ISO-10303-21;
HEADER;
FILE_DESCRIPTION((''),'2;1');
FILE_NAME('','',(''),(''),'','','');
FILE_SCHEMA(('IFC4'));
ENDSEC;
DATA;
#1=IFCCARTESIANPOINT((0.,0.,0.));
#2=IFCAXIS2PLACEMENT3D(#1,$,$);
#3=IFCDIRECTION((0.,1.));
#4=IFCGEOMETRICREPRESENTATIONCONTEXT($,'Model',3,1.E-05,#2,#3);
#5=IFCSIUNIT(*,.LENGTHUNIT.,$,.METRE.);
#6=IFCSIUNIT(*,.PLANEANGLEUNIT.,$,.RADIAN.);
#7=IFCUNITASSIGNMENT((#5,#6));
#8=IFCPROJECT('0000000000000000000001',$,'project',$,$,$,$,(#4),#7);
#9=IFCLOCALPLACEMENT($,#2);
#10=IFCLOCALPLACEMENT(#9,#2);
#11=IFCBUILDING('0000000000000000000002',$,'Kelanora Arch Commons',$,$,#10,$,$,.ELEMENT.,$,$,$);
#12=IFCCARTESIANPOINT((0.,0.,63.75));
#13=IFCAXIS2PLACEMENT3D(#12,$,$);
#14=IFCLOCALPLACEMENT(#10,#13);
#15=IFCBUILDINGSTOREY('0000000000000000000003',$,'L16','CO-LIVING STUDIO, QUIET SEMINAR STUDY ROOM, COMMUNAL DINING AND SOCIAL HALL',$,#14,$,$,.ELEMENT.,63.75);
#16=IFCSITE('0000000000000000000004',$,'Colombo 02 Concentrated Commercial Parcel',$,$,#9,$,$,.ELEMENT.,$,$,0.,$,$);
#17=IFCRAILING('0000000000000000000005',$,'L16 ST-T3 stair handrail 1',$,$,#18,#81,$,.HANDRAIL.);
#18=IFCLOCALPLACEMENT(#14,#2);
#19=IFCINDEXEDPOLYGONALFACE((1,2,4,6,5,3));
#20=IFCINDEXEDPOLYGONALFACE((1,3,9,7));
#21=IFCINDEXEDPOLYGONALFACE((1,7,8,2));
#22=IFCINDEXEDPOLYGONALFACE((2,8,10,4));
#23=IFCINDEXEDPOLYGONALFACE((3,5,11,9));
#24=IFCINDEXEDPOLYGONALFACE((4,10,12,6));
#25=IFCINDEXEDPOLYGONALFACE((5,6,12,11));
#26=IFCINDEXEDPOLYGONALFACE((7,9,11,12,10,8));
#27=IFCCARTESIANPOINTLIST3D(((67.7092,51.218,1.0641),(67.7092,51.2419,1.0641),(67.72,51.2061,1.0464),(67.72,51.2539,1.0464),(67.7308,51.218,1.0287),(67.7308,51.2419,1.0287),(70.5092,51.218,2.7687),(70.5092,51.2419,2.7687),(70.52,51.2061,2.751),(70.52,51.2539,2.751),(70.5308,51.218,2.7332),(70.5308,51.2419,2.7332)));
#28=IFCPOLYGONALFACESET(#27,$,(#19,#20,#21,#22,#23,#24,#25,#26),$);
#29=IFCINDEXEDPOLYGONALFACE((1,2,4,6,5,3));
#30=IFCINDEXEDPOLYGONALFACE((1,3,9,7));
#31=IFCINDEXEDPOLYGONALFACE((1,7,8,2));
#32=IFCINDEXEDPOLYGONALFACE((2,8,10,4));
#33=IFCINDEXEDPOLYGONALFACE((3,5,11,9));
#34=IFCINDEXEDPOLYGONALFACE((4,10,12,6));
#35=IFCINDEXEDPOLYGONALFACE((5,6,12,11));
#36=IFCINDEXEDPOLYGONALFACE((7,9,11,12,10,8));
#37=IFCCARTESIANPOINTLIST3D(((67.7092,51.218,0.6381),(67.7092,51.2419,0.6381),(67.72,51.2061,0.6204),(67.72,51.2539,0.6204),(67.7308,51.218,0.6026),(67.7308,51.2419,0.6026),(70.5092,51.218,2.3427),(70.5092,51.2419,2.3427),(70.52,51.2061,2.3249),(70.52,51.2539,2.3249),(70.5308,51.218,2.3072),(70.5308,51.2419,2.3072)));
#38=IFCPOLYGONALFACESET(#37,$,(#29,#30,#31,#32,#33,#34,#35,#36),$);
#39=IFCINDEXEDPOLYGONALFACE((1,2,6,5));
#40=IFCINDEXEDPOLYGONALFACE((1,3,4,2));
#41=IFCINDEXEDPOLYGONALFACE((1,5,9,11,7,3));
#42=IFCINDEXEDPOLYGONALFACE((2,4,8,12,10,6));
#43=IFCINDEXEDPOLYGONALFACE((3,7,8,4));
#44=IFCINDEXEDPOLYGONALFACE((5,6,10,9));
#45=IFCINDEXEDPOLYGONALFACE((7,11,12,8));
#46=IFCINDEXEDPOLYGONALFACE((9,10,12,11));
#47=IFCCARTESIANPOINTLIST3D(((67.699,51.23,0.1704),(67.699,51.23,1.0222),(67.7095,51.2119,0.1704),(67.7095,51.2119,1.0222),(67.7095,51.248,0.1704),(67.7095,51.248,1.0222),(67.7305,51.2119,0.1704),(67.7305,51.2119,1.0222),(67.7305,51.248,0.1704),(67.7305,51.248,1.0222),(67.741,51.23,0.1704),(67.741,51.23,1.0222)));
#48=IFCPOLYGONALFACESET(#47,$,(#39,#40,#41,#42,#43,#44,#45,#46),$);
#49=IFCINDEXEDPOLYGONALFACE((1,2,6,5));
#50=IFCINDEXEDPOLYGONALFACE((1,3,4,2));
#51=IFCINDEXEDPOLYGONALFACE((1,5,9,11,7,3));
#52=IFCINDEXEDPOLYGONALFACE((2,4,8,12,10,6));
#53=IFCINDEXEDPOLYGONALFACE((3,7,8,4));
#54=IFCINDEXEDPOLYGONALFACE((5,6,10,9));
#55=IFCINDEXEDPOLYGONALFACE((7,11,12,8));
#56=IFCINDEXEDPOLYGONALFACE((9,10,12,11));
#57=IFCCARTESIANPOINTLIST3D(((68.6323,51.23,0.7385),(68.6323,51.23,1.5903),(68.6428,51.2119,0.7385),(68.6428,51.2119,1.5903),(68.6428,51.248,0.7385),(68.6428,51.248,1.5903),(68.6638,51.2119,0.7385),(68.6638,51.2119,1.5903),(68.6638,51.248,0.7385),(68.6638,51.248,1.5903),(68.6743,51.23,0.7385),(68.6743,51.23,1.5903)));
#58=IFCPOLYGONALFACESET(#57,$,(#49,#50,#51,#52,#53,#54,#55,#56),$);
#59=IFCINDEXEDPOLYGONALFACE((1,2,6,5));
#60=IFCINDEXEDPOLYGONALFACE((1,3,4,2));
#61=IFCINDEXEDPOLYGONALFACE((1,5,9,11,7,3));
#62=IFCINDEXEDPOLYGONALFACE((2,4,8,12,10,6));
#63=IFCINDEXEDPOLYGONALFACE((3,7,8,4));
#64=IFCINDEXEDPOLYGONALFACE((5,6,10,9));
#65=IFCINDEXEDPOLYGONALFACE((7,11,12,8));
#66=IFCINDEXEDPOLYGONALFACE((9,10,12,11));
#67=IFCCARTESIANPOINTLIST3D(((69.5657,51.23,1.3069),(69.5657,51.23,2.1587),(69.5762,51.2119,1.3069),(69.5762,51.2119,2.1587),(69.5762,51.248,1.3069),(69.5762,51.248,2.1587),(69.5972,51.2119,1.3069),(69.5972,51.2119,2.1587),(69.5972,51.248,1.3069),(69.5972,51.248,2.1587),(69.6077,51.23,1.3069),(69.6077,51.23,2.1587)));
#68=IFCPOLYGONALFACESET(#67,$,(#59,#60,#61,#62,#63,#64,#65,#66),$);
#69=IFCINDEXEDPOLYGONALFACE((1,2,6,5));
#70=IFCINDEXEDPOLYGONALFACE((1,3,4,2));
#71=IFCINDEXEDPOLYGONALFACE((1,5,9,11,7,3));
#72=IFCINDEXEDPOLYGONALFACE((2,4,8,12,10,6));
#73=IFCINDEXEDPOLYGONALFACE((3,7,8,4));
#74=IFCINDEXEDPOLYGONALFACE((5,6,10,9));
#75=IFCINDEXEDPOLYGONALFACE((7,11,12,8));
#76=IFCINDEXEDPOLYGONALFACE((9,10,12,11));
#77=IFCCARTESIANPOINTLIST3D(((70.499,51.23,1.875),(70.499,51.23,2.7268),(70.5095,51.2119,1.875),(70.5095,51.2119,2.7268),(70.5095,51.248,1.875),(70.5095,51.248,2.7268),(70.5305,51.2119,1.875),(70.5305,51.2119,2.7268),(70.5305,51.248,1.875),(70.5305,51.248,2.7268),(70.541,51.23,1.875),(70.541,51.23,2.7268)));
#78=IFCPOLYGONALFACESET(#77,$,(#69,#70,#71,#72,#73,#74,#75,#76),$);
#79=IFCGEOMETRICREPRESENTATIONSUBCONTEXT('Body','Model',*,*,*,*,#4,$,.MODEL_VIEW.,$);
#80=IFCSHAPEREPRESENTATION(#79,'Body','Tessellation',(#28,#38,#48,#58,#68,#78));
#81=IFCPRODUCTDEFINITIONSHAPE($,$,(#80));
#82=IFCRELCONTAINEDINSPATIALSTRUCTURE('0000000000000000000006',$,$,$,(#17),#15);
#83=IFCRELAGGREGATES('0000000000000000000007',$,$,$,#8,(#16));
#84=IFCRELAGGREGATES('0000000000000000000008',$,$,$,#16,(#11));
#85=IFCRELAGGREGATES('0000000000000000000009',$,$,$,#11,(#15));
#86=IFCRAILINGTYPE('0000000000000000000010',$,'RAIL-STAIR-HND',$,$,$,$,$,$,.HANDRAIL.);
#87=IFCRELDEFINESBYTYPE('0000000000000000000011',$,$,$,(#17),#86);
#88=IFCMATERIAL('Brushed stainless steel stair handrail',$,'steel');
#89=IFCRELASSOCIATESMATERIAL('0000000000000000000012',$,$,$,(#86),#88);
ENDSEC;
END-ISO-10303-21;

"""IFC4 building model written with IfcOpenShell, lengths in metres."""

from ifc_helpers import new_model, si_unit, direction, frame, origin, place, context, subcontext, project, spatial, polyline, outline, extrude, material, type_object, element, save


model = new_model("IFC4")

# Units and contexts
model_context = context("Model", 3, precision=1e-05, world=origin(), true_north=direction((0.0, 1.0)))
body_context = subcontext(model_context, "Body", "Model", "MODEL_VIEW")
ifc_project = project(units=[si_unit("LENGTHUNIT", "METRE"), si_unit("PLANEANGLEUNIT", "RADIAN")], contexts=[model_context])

# Site, building, storey
site_placement = place(None, origin())
site = spatial("IfcSite", under=ifc_project, at=site_placement, Name="Colombo 02 Concentrated Commercial Parcel", CompositionType="ELEMENT", RefElevation=0.0)
building_placement = place(site_placement, origin())
building = spatial("IfcBuilding", under=site, at=building_placement, Name="Kelanora Arch Commons", CompositionType="ELEMENT")
storey_placement = place(building_placement, frame((0.0, 0.0, 63.75)))
storey = spatial("IfcBuildingStorey", under=building, at=storey_placement, Name="L16", Description="CO-LIVING STUDIO, QUIET SEMINAR STUDY ROOM, COMMUNAL DINING AND SOCIAL HALL", CompositionType="ELEMENT", Elevation=63.75)

# Railing
ifc_material_1 = material(Name="Brushed stainless steel stair handrail", Category="steel")
railing_type_1 = type_object("IfcRailingType", Name="RAIL-STAIR-HND", PredefinedType="HANDRAIL", material=ifc_material_1)
railing_1_placement = place(storey_placement, frame((67.72, 51.23, 0.1704)))
element("IfcRailing", 1, at=railing_1_placement, inside=storey, type_object=railing_type_1, Name="L16 ST-T3 stair handrail 1", PredefinedType="HANDRAIL", context=body_context, shape_type="SweptSolid", body=[
    extrude(outline(polyline([(0.0239, 0.0), (0.012, 0.0208), (-0.012, 0.0208), (-0.0239, 0.0), (-0.012, -0.0208), (0.012, -0.0208), (0.0239, 0.0)])), frame((0.0, 0.0, 0.876), z_axis=(0.85417, 0.0, 0.519994), x_axis=(0.0, 1.0, 0.0)), (0.0, 0.0, 1.0), 3.2781),
    extrude(outline(polyline([(0.0239, 0.0), (0.012, 0.0208), (-0.012, 0.0208), (-0.0239, 0.0), (-0.012, -0.0208), (0.012, -0.0208), (0.0239, 0.0)])), frame((0.0, 0.0, 0.45), z_axis=(0.85417, 0.0, 0.519994), x_axis=(0.0, 1.0, 0.0)), (0.0, 0.0, 1.0), 3.2781),
    extrude(outline(polyline([(0.021, 0.0), (0.0105, 0.0181), (-0.0105, 0.0181), (-0.021, 0.0), (-0.0105, -0.0181), (0.0105, -0.0181), (0.021, 0.0)])), origin(), (0.0, 0.0, 1.0), 0.8518),
    extrude(outline(polyline([(0.021, 0.0), (0.0105, 0.0181), (-0.0105, 0.0181), (-0.021, 0.0), (-0.0105, -0.0181), (0.0105, -0.0181), (0.021, 0.0)])), frame((0.9333, 0.0, 0.5681)), (0.0, 0.0, 1.0), 0.8518),
    extrude(outline(polyline([(0.021, 0.0), (0.0105, 0.0181), (-0.0105, 0.0181), (-0.021, 0.0), (-0.0105, -0.0181), (0.0105, -0.0181), (0.021, 0.0)])), frame((1.8667, 0.0, 1.1365)), (0.0, 0.0, 1.0), 0.8518),
    extrude(outline(polyline([(0.021, 0.0), (0.0105, 0.0181), (-0.0105, 0.0181), (-0.021, 0.0), (-0.0105, -0.0181), (0.0105, -0.0181), (0.021, 0.0)])), frame((2.8, 0.0, 1.7046)), (0.0, 0.0, 1.0), 0.8518),
])

save(model, "model.ifc")
